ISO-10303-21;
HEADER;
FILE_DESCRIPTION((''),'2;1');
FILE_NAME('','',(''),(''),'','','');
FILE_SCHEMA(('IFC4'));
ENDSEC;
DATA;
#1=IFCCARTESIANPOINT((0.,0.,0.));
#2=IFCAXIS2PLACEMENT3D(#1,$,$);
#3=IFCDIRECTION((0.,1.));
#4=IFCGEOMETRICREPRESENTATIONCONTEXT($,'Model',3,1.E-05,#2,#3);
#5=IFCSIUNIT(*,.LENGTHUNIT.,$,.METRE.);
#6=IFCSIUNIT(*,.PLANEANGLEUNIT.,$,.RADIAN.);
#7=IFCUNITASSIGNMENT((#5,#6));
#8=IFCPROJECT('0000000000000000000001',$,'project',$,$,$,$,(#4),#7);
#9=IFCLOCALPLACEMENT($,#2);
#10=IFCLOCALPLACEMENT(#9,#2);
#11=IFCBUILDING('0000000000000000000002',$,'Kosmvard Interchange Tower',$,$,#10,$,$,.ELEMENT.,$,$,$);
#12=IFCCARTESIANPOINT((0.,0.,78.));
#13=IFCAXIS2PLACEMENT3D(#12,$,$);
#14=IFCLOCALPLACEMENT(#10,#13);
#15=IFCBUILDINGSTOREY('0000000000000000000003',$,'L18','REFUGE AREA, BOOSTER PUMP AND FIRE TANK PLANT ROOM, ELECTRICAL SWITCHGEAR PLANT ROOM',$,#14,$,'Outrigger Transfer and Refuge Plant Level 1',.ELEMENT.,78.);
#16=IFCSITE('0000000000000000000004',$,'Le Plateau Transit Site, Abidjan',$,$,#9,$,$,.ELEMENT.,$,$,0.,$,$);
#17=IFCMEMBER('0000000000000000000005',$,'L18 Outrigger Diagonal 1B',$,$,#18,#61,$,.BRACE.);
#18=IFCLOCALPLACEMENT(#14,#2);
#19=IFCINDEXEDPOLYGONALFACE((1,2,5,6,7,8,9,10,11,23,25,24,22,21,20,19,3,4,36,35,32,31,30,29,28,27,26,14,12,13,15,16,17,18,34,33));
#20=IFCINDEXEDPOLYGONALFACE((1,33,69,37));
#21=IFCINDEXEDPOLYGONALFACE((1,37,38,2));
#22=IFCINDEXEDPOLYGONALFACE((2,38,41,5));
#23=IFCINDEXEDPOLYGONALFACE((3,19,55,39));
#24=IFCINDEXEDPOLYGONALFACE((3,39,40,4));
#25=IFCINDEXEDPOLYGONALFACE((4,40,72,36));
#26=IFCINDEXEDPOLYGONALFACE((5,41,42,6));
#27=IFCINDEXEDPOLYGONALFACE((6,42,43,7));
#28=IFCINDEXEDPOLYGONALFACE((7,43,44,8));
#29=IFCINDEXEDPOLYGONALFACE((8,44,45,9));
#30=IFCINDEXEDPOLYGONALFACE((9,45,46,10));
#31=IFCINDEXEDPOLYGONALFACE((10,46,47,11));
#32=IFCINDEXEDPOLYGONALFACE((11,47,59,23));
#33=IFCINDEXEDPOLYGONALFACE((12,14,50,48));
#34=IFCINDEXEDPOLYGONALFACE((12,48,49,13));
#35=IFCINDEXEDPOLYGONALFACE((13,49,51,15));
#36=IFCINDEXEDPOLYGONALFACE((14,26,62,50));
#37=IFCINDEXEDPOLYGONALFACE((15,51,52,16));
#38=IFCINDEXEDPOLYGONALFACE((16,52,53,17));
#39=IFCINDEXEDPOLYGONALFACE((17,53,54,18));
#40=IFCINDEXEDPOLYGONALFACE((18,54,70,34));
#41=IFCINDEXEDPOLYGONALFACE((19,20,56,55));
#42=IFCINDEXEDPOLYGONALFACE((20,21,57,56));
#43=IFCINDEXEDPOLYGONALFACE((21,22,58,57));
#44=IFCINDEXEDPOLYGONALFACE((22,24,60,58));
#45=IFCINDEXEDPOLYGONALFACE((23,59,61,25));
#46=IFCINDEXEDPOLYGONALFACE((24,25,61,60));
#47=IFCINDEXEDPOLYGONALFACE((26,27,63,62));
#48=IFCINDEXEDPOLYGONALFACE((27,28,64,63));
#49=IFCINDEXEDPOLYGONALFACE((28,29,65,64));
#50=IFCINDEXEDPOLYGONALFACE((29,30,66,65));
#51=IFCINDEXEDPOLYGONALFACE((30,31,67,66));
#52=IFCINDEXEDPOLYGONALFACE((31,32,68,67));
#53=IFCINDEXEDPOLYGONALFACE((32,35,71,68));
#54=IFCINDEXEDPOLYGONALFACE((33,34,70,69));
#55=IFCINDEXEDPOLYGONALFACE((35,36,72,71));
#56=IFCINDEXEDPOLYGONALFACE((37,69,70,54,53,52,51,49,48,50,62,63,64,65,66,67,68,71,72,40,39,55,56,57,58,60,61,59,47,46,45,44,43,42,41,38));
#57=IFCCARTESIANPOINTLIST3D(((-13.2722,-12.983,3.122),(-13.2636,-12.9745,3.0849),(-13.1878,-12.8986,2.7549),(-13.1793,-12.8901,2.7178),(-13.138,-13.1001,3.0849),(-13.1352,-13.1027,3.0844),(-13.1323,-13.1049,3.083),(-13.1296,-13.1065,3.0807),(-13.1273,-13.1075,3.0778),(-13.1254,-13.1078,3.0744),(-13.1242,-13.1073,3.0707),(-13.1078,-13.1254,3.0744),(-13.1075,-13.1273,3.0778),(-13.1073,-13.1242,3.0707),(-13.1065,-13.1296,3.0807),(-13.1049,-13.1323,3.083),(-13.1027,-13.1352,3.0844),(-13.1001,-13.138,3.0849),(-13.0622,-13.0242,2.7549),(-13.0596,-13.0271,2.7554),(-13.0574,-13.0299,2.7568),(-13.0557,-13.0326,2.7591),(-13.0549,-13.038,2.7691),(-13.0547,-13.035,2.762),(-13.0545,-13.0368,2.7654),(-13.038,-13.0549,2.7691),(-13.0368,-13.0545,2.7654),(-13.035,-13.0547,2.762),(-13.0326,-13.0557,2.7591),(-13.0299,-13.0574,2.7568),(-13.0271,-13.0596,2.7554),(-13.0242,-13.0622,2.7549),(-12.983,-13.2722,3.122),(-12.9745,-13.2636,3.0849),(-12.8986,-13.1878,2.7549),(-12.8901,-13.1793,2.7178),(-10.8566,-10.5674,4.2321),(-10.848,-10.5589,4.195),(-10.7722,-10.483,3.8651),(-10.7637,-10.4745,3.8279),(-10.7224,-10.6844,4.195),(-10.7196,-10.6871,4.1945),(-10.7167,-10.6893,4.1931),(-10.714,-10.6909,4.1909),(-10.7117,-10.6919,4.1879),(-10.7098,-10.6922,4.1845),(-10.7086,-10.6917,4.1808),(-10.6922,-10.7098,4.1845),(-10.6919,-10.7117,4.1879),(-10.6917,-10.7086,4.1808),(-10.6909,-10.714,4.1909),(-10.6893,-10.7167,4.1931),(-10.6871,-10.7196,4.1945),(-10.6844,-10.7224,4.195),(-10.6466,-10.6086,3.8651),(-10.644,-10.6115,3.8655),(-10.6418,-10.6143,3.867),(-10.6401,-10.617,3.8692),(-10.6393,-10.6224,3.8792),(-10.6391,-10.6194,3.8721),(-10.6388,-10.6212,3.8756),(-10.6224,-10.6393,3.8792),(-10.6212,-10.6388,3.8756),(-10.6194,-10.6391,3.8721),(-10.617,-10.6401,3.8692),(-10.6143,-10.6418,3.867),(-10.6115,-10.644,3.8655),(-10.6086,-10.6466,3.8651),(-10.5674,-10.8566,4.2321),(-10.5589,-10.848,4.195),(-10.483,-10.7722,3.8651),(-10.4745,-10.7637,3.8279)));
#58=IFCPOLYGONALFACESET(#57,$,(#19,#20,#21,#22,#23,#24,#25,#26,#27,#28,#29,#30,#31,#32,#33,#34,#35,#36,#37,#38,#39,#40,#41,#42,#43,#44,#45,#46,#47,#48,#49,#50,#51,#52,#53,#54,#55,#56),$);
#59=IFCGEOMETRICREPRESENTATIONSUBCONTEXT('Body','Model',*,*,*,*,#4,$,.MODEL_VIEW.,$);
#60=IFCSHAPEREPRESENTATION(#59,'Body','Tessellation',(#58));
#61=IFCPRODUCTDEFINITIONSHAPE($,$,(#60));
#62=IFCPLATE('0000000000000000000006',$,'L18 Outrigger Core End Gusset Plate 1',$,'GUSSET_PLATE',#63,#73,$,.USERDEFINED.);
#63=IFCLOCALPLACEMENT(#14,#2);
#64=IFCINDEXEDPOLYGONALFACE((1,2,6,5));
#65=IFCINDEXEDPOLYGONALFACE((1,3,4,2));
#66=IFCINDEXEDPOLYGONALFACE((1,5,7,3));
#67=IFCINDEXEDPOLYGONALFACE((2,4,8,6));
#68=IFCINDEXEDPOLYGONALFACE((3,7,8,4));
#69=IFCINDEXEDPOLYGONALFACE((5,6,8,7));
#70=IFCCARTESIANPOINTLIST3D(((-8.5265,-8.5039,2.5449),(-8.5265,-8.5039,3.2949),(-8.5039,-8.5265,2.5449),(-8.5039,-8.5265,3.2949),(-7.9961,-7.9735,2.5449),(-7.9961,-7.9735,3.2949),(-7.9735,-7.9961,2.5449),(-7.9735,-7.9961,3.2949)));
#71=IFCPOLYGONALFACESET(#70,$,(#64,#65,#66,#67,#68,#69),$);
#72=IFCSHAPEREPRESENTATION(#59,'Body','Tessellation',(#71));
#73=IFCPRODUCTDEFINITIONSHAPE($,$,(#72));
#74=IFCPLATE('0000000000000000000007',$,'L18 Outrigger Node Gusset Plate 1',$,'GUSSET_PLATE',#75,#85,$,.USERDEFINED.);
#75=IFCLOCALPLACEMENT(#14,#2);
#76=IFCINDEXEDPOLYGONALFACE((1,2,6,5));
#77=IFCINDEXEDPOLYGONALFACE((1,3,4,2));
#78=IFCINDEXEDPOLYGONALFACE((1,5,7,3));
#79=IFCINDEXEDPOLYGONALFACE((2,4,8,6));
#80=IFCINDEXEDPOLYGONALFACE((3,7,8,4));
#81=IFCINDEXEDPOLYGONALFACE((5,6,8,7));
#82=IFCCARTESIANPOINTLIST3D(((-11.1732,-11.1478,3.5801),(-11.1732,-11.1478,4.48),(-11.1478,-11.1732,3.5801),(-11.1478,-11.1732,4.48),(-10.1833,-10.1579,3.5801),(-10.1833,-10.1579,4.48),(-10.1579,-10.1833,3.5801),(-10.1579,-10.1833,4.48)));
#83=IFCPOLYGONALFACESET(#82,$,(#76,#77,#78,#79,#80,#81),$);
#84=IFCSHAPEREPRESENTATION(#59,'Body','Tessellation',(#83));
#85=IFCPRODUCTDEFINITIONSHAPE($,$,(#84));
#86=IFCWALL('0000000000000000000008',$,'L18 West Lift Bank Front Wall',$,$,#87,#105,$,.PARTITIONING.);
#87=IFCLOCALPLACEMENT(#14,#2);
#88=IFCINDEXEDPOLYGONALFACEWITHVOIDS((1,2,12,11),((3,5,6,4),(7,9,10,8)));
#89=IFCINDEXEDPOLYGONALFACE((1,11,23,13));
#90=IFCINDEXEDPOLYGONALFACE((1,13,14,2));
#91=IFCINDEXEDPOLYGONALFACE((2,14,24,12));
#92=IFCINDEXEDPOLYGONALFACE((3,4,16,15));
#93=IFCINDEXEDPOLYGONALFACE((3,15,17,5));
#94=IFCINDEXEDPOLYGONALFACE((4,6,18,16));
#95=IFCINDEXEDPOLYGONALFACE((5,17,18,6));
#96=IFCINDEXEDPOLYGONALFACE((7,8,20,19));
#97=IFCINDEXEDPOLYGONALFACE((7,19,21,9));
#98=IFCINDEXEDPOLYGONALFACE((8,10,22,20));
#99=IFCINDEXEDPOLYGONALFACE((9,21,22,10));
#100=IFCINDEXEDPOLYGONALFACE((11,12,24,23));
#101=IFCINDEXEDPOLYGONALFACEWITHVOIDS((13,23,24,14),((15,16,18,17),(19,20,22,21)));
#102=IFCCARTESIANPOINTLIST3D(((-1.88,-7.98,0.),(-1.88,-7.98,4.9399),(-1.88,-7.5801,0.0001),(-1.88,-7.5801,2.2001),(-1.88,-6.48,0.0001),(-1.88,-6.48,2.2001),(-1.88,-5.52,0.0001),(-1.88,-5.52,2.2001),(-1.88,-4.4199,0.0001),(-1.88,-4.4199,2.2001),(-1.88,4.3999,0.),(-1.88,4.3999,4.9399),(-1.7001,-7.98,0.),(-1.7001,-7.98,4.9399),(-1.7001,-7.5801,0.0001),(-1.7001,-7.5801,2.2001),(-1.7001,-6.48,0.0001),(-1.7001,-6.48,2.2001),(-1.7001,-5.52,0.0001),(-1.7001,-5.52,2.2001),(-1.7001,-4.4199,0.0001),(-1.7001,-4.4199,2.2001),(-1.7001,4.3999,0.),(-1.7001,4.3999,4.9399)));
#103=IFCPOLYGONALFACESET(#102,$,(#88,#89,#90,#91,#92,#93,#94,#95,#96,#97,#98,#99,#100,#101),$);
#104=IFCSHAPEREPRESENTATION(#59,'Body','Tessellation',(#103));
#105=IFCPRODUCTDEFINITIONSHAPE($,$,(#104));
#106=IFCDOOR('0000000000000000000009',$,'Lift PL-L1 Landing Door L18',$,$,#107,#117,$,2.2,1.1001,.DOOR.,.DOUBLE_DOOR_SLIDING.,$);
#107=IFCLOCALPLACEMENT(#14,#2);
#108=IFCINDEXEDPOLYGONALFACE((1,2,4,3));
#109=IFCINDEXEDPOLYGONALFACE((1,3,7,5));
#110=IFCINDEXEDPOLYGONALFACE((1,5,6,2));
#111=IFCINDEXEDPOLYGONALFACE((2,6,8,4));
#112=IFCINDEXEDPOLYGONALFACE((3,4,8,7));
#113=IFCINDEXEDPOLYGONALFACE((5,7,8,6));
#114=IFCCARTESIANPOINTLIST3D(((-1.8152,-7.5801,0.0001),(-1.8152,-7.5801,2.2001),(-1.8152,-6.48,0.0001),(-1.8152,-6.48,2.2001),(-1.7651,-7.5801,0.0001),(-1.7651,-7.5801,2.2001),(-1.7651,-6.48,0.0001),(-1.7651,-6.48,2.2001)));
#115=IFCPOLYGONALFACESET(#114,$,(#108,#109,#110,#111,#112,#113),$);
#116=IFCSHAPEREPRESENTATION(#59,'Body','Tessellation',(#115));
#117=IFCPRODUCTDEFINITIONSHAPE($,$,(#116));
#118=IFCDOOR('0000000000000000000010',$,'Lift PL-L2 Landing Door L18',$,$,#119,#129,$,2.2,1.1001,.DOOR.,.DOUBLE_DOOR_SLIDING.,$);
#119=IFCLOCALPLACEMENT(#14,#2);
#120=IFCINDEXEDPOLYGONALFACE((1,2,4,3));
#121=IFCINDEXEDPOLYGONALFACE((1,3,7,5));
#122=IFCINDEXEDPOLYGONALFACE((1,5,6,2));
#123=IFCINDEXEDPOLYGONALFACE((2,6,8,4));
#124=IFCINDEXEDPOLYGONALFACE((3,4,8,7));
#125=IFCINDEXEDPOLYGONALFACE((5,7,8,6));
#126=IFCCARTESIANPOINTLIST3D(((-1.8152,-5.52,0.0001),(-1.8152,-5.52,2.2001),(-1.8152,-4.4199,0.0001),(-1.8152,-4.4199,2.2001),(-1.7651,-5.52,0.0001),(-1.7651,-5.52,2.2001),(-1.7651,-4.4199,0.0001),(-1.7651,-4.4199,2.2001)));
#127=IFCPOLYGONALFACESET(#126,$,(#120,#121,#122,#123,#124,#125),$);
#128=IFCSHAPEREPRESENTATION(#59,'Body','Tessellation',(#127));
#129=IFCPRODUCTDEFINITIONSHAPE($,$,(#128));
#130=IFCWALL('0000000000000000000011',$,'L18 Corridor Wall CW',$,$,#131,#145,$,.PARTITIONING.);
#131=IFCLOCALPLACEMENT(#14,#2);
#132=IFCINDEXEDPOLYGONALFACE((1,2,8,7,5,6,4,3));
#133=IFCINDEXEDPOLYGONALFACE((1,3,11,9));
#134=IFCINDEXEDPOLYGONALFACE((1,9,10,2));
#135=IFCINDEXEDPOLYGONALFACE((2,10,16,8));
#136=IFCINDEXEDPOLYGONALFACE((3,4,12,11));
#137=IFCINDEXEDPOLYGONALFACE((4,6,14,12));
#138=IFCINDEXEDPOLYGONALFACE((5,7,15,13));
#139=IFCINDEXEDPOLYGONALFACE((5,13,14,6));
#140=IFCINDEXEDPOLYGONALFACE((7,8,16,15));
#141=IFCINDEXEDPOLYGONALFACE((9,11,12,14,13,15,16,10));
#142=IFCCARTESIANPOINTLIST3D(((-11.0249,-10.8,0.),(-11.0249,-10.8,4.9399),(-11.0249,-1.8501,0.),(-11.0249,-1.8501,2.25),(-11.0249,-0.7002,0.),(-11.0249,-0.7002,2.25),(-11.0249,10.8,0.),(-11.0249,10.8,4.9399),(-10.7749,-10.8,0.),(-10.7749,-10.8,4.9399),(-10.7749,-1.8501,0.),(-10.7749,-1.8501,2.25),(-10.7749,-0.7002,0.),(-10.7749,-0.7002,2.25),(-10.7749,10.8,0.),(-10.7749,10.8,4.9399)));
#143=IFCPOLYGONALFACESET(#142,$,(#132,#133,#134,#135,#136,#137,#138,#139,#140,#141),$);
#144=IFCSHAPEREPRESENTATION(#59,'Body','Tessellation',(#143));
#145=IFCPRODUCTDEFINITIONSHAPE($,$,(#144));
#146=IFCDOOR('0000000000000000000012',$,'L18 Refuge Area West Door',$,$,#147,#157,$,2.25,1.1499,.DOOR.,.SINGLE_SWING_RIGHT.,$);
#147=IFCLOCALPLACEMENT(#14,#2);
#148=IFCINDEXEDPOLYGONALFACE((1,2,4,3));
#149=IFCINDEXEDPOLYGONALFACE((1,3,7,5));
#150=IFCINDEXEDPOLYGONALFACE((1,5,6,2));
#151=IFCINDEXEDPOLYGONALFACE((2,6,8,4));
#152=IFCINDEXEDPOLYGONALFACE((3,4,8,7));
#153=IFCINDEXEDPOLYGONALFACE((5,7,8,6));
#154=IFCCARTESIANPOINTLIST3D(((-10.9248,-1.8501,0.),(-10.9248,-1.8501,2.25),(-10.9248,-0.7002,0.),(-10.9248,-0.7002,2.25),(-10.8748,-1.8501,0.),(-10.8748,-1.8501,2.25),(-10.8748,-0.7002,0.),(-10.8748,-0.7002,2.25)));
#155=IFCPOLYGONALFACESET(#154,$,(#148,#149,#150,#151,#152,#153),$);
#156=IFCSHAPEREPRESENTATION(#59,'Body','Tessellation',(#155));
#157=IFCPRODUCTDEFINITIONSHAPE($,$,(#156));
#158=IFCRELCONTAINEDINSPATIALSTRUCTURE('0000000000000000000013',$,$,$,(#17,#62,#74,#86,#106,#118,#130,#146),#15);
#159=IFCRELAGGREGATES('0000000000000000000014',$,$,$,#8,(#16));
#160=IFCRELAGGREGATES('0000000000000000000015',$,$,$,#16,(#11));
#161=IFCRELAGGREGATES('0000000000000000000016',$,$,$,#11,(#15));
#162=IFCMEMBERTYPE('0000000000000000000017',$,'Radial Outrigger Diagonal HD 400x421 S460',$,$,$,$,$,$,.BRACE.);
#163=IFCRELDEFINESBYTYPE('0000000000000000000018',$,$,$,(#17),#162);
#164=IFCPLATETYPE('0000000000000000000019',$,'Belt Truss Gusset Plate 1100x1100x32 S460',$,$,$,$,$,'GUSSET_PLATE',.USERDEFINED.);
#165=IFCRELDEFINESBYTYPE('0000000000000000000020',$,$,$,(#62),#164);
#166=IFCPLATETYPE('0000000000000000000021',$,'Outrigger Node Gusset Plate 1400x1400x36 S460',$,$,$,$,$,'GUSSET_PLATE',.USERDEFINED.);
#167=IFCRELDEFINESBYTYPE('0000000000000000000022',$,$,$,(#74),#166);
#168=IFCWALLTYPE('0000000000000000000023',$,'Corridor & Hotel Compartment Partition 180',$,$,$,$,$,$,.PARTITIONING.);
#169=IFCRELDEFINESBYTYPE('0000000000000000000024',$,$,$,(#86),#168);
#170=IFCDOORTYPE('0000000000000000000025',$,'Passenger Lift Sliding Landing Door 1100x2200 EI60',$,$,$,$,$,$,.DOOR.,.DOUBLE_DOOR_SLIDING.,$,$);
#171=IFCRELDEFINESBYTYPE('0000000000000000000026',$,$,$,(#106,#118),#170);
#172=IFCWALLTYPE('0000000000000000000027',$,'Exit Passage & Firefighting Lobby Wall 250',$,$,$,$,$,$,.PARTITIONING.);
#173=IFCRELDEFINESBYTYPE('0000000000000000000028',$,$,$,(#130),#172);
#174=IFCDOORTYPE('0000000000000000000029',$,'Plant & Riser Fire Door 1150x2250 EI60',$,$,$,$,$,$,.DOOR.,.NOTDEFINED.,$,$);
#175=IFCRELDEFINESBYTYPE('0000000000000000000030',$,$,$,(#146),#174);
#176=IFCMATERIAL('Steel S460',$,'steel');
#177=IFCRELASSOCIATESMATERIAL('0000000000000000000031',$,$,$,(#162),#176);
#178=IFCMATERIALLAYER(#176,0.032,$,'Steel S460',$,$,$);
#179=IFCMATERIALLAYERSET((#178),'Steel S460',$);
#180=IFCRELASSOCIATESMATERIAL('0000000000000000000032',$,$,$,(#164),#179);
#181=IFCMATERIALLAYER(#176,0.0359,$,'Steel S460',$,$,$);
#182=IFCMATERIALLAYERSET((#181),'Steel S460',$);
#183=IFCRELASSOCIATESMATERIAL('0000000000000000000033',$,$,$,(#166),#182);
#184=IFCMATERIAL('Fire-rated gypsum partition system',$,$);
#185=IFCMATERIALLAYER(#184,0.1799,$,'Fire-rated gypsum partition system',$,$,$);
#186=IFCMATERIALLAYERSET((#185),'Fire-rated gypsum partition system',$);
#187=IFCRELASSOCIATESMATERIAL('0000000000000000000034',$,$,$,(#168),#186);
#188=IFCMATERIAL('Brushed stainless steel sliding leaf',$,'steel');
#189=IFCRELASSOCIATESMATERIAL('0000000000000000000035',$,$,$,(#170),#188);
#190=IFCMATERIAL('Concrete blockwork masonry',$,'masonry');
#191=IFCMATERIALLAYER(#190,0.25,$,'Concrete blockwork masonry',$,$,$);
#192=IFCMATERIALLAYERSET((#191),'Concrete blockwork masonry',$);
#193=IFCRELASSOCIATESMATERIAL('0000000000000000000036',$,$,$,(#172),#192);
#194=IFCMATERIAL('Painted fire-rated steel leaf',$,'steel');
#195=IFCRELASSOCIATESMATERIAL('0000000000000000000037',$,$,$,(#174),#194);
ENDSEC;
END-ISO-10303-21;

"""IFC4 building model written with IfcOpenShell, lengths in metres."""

from ifc_helpers import new_model, si_unit, direction, frame, frame_2d, origin, origin_2d, place, context, subcontext, project, spatial, rectangle, i_section, extrude, source, transform, mapped, material, layer, layer_set, material_profile, profile_set, type_object, element, fill, save


model = new_model("IFC4")

# Units and contexts
model_context = context("Model", 3, precision=1e-05, world=origin(), true_north=direction((0.0, 1.0)))
body_context = subcontext(model_context, "Body", "Model", "MODEL_VIEW")
ifc_project = project(units=[si_unit("LENGTHUNIT", "METRE"), si_unit("PLANEANGLEUNIT", "RADIAN")], contexts=[model_context])

# Site, building, storey
site_placement = place(None, origin())
site = spatial("IfcSite", under=ifc_project, at=site_placement, Name="Le Plateau Transit Site, Abidjan", CompositionType="ELEMENT", RefElevation=0.0)
building_placement = place(site_placement, origin())
building = spatial("IfcBuilding", under=site, at=building_placement, Name="Kosmvard Interchange Tower", CompositionType="ELEMENT")
storey_placement = place(building_placement, frame((0.0, 0.0, 78.0)))
storey = spatial("IfcBuildingStorey", under=building, at=storey_placement, Name="L18", Description="REFUGE AREA, BOOSTER PUMP AND FIRE TANK PLANT ROOM, ELECTRICAL SWITCHGEAR PLANT ROOM", LongName="Outrigger Transfer and Refuge Plant Level 1", CompositionType="ELEMENT", Elevation=78.0)

# Shared definitions
ifc_material_1 = material(Name="Steel S460", Category="steel")

# Member
ifc_material_profile_1 = material_profile(ifc_material_1, i_section(OverallWidth=0.4089, OverallDepth=0.425, WebThickness=0.0239, FlangeThickness=0.0391, FilletRadius=0.0149, at=origin_2d()), Name="HD 400x421")
ifc_profile_set_1 = profile_set([ifc_material_profile_1], Name="Steel S460")
member_type_1 = type_object("IfcMemberType", Name="Radial Outrigger Diagonal HD 400x421 S460", PredefinedType="BRACE", material=ifc_profile_set_1)
shared_shape_1 = source(origin(), body_context, "Body", "SweptSolid", [
    extrude(i_section(OverallWidth=0.4089, OverallDepth=0.425, WebThickness=0.0239, FlangeThickness=0.0391, FilletRadius=0.0149, at=origin_2d()), origin(), (0.0, 0.0, 1.0), 3.592),
])
for number, where, z_axis, x_axis, name in (
    (1, (-10.6655, -10.6655, 4.03), (-0.672489, -0.672489, -0.309057), (0.707107, -0.707107, 0.0), "L18 Outrigger Diagonal 1B"),
):
    element("IfcMember", number, at=place(storey_placement, frame(where, z_axis=z_axis, x_axis=x_axis)), inside=storey, type_object=member_type_1, Name=name, PredefinedType="BRACE", context=body_context, shape_type="MappedRepresentation", body=[
        mapped(shared_shape_1, transform((0.0, 0.0, 0.0), scale=1.0)),
    ])

# Plates
ifc_layer_1 = layer(ifc_material_1, 0.032, Name="Steel S460")
ifc_layer_set_1 = layer_set([ifc_layer_1], Name="Steel S460")
plate_type_1 = type_object("IfcPlateType", Name="Belt Truss Gusset Plate 1100x1100x32 S460", ElementType="GUSSET_PLATE", PredefinedType="USERDEFINED", material=ifc_layer_set_1)
shared_shape_2 = source(origin(), body_context, "Body", "SweptSolid", [
    extrude(rectangle(XDim=0.75, YDim=0.032, at=origin_2d()), origin(), (0.0, 0.0, 1.0), 0.75),
])
plate_1_placement = place(storey_placement, frame((-8.25, -8.25, 2.5449), z_axis=(0.0, 0.0, 1.0), x_axis=(0.707107, 0.707107, 0.0)))
element("IfcPlate", 2, at=plate_1_placement, inside=storey, type_object=plate_type_1, Name="L18 Outrigger Core End Gusset Plate 1", ObjectType="GUSSET_PLATE", PredefinedType="USERDEFINED", context=body_context, shape_type="MappedRepresentation", body=[
    mapped(shared_shape_2, transform((0.0, 0.0, 0.0), scale=1.0)),
])
ifc_layer_2 = layer(ifc_material_1, 0.0359, Name="Steel S460")
ifc_layer_set_2 = layer_set([ifc_layer_2], Name="Steel S460")
plate_type_2 = type_object("IfcPlateType", Name="Outrigger Node Gusset Plate 1400x1400x36 S460", ElementType="GUSSET_PLATE", PredefinedType="USERDEFINED", material=ifc_layer_set_2)
shared_shape_3 = source(origin(), body_context, "Body", "SweptSolid", [
    extrude(rectangle(XDim=1.3999, YDim=0.0359, at=origin_2d()), origin(), (0.0, 0.0, 1.0), 0.8999),
])
plate_2_placement = place(storey_placement, frame((-10.6655, -10.6655, 3.5801), z_axis=(0.0, 0.0, 1.0), x_axis=(0.707107, 0.707107, 0.0)))
element("IfcPlate", 3, at=plate_2_placement, inside=storey, type_object=plate_type_2, Name="L18 Outrigger Node Gusset Plate 1", ObjectType="GUSSET_PLATE", PredefinedType="USERDEFINED", context=body_context, shape_type="MappedRepresentation", body=[
    mapped(shared_shape_3, transform((0.0, 0.0, 0.0), scale=1.0)),
])

# Wall, openings, doors
ifc_material_2 = material(Name="Fire-rated gypsum partition system")
ifc_layer_3 = layer(ifc_material_2, 0.1799, Name="Fire-rated gypsum partition system")
ifc_layer_set_3 = layer_set([ifc_layer_3], Name="Fire-rated gypsum partition system")
wall_type_1 = type_object("IfcWallType", Name="Corridor & Hotel Compartment Partition 180", PredefinedType="PARTITIONING", material=ifc_layer_set_3)
wall_1_placement = place(storey_placement, frame((-1.79, -7.98, 0.0), z_axis=(0.0, 0.0, 1.0), x_axis=(0.0, 1.0, 0.0)))
wall_1 = element("IfcWall", 4, at=wall_1_placement, inside=storey, type_object=wall_type_1, Name="L18 West Lift Bank Front Wall", PredefinedType="PARTITIONING", context=body_context, shape_type="SweptSolid", body=[
    extrude(rectangle(XDim=12.3799, YDim=0.1799, at=frame_2d((6.1899, 0.0))), origin(), (0.0, 0.0, 1.0), 4.9399),
])
opening_1_placement = place(wall_1_placement, frame((0.3999, 0.0, 0.0)))
opening_1 = element("IfcOpeningElement", 5, at=opening_1_placement, cuts=wall_1, PredefinedType="OPENING", context=body_context, shape_type="SweptSolid", body=[
    extrude(rectangle(XDim=1.1001, YDim=2.2, at=frame_2d((0.55, 1.1001))), frame((0.0, 0.1001, 0.0), z_axis=(0.0, -1.0, 0.0), x_axis=(1.0, 0.0, 0.0)), (0.0, 0.0, 1.0), 0.2),
])
opening_2_placement = place(wall_1_placement, frame((2.46, 0.0, 0.0)))
opening_2 = element("IfcOpeningElement", 6, at=opening_2_placement, cuts=wall_1, PredefinedType="OPENING", context=body_context, shape_type="SweptSolid", body=[
    extrude(rectangle(XDim=1.1001, YDim=2.2, at=frame_2d((0.55, 1.1001))), frame((0.0, 0.1001, 0.0), z_axis=(0.0, -1.0, 0.0), x_axis=(1.0, 0.0, 0.0)), (0.0, 0.0, 1.0), 0.2),
])
ifc_material_3 = material(Name="Brushed stainless steel sliding leaf", Category="steel")
door_type_1 = type_object("IfcDoorType", Name="Passenger Lift Sliding Landing Door 1100x2200 EI60", OperationType="DOUBLE_DOOR_SLIDING", PredefinedType="DOOR", material=ifc_material_3)
shared_shape_4 = source(origin(), body_context, "Body", "SweptSolid", [
    extrude(rectangle(XDim=1.1001, YDim=2.2, at=frame_2d((0.55, 1.1001))), frame((0.0, 0.0249, 0.0), z_axis=(0.0, -1.0, 0.0), x_axis=(1.0, 0.0, 0.0)), (0.0, 0.0, 1.0), 0.05),
])
door_1_placement = place(opening_1_placement, frame((1.1001, 0.0, 0.0), z_axis=(0.0, 0.0, 1.0), x_axis=(-1.0, 0.0, 0.0)))
door_1 = element("IfcDoor", 7, at=door_1_placement, inside=storey, type_object=door_type_1, Name="Lift PL-L1 Landing Door L18", OperationType="DOUBLE_DOOR_SLIDING", OverallHeight=2.2, OverallWidth=1.1001, PredefinedType="DOOR", context=body_context, shape_type="MappedRepresentation", body=[
    mapped(shared_shape_4, transform((0.0, 0.0, 0.0), scale=1.0)),
])
fill(opening_1, door_1)
door_2_placement = place(opening_2_placement, frame((1.1001, 0.0, 0.0), z_axis=(0.0, 0.0, 1.0), x_axis=(-1.0, 0.0, 0.0)))
door_2 = element("IfcDoor", 8, at=door_2_placement, inside=storey, type_object=door_type_1, Name="Lift PL-L2 Landing Door L18", OperationType="DOUBLE_DOOR_SLIDING", OverallHeight=2.2, OverallWidth=1.1001, PredefinedType="DOOR", context=body_context, shape_type="MappedRepresentation", body=[
    mapped(shared_shape_4, transform((0.0, 0.0, 0.0), scale=1.0)),
])
fill(opening_2, door_2)

# Wall, opening, door
ifc_material_4 = material(Name="Concrete blockwork masonry", Category="masonry")
ifc_layer_4 = layer(ifc_material_4, 0.25, Name="Concrete blockwork masonry")
ifc_layer_set_4 = layer_set([ifc_layer_4], Name="Concrete blockwork masonry")
wall_type_2 = type_object("IfcWallType", Name="Exit Passage & Firefighting Lobby Wall 250", PredefinedType="PARTITIONING", material=ifc_layer_set_4)
wall_2_placement = place(storey_placement, frame((-10.8999, -10.8, 0.0), z_axis=(0.0, 0.0, 1.0), x_axis=(0.0, 1.0, 0.0)))
wall_2 = element("IfcWall", 9, at=wall_2_placement, inside=storey, type_object=wall_type_2, Name="L18 Corridor Wall CW", PredefinedType="PARTITIONING", context=body_context, shape_type="SweptSolid", body=[
    extrude(rectangle(XDim=21.6001, YDim=0.25, at=frame_2d((10.8, 0.0))), origin(), (0.0, 0.0, 1.0), 4.9399),
])
opening_3_placement = place(wall_2_placement, frame((8.95, 0.0, 0.0)))
opening_3 = element("IfcOpeningElement", 10, at=opening_3_placement, cuts=wall_2, PredefinedType="OPENING", context=body_context, shape_type="SweptSolid", body=[
    extrude(rectangle(XDim=1.1499, YDim=2.25, at=frame_2d((0.575, 1.125))), frame((0.0, 0.135, 0.0), z_axis=(0.0, -1.0, 0.0), x_axis=(1.0, 0.0, 0.0)), (0.0, 0.0, 1.0), 0.27),
])
ifc_material_5 = material(Name="Painted fire-rated steel leaf", Category="steel")
door_type_2 = type_object("IfcDoorType", Name="Plant & Riser Fire Door 1150x2250 EI60", OperationType="NOTDEFINED", PredefinedType="DOOR", material=ifc_material_5)
shared_shape_5 = source(origin(), body_context, "Body", "SweptSolid", [
    extrude(rectangle(XDim=1.1499, YDim=2.25, at=frame_2d((0.575, 1.125))), frame((0.0, 0.0249, 0.0), z_axis=(0.0, -1.0, 0.0), x_axis=(1.0, 0.0, 0.0)), (0.0, 0.0, 1.0), 0.05),
])
door_3_placement = place(opening_3_placement, origin())
door_3 = element("IfcDoor", 11, at=door_3_placement, inside=storey, type_object=door_type_2, Name="L18 Refuge Area West Door", OperationType="SINGLE_SWING_RIGHT", OverallHeight=2.25, OverallWidth=1.1499, PredefinedType="DOOR", context=body_context, shape_type="MappedRepresentation", body=[
    mapped(shared_shape_5, transform((0.0, 0.0, 0.0), scale=1.0)),
])
fill(opening_3, door_3)

save(model, "model.ifc")
